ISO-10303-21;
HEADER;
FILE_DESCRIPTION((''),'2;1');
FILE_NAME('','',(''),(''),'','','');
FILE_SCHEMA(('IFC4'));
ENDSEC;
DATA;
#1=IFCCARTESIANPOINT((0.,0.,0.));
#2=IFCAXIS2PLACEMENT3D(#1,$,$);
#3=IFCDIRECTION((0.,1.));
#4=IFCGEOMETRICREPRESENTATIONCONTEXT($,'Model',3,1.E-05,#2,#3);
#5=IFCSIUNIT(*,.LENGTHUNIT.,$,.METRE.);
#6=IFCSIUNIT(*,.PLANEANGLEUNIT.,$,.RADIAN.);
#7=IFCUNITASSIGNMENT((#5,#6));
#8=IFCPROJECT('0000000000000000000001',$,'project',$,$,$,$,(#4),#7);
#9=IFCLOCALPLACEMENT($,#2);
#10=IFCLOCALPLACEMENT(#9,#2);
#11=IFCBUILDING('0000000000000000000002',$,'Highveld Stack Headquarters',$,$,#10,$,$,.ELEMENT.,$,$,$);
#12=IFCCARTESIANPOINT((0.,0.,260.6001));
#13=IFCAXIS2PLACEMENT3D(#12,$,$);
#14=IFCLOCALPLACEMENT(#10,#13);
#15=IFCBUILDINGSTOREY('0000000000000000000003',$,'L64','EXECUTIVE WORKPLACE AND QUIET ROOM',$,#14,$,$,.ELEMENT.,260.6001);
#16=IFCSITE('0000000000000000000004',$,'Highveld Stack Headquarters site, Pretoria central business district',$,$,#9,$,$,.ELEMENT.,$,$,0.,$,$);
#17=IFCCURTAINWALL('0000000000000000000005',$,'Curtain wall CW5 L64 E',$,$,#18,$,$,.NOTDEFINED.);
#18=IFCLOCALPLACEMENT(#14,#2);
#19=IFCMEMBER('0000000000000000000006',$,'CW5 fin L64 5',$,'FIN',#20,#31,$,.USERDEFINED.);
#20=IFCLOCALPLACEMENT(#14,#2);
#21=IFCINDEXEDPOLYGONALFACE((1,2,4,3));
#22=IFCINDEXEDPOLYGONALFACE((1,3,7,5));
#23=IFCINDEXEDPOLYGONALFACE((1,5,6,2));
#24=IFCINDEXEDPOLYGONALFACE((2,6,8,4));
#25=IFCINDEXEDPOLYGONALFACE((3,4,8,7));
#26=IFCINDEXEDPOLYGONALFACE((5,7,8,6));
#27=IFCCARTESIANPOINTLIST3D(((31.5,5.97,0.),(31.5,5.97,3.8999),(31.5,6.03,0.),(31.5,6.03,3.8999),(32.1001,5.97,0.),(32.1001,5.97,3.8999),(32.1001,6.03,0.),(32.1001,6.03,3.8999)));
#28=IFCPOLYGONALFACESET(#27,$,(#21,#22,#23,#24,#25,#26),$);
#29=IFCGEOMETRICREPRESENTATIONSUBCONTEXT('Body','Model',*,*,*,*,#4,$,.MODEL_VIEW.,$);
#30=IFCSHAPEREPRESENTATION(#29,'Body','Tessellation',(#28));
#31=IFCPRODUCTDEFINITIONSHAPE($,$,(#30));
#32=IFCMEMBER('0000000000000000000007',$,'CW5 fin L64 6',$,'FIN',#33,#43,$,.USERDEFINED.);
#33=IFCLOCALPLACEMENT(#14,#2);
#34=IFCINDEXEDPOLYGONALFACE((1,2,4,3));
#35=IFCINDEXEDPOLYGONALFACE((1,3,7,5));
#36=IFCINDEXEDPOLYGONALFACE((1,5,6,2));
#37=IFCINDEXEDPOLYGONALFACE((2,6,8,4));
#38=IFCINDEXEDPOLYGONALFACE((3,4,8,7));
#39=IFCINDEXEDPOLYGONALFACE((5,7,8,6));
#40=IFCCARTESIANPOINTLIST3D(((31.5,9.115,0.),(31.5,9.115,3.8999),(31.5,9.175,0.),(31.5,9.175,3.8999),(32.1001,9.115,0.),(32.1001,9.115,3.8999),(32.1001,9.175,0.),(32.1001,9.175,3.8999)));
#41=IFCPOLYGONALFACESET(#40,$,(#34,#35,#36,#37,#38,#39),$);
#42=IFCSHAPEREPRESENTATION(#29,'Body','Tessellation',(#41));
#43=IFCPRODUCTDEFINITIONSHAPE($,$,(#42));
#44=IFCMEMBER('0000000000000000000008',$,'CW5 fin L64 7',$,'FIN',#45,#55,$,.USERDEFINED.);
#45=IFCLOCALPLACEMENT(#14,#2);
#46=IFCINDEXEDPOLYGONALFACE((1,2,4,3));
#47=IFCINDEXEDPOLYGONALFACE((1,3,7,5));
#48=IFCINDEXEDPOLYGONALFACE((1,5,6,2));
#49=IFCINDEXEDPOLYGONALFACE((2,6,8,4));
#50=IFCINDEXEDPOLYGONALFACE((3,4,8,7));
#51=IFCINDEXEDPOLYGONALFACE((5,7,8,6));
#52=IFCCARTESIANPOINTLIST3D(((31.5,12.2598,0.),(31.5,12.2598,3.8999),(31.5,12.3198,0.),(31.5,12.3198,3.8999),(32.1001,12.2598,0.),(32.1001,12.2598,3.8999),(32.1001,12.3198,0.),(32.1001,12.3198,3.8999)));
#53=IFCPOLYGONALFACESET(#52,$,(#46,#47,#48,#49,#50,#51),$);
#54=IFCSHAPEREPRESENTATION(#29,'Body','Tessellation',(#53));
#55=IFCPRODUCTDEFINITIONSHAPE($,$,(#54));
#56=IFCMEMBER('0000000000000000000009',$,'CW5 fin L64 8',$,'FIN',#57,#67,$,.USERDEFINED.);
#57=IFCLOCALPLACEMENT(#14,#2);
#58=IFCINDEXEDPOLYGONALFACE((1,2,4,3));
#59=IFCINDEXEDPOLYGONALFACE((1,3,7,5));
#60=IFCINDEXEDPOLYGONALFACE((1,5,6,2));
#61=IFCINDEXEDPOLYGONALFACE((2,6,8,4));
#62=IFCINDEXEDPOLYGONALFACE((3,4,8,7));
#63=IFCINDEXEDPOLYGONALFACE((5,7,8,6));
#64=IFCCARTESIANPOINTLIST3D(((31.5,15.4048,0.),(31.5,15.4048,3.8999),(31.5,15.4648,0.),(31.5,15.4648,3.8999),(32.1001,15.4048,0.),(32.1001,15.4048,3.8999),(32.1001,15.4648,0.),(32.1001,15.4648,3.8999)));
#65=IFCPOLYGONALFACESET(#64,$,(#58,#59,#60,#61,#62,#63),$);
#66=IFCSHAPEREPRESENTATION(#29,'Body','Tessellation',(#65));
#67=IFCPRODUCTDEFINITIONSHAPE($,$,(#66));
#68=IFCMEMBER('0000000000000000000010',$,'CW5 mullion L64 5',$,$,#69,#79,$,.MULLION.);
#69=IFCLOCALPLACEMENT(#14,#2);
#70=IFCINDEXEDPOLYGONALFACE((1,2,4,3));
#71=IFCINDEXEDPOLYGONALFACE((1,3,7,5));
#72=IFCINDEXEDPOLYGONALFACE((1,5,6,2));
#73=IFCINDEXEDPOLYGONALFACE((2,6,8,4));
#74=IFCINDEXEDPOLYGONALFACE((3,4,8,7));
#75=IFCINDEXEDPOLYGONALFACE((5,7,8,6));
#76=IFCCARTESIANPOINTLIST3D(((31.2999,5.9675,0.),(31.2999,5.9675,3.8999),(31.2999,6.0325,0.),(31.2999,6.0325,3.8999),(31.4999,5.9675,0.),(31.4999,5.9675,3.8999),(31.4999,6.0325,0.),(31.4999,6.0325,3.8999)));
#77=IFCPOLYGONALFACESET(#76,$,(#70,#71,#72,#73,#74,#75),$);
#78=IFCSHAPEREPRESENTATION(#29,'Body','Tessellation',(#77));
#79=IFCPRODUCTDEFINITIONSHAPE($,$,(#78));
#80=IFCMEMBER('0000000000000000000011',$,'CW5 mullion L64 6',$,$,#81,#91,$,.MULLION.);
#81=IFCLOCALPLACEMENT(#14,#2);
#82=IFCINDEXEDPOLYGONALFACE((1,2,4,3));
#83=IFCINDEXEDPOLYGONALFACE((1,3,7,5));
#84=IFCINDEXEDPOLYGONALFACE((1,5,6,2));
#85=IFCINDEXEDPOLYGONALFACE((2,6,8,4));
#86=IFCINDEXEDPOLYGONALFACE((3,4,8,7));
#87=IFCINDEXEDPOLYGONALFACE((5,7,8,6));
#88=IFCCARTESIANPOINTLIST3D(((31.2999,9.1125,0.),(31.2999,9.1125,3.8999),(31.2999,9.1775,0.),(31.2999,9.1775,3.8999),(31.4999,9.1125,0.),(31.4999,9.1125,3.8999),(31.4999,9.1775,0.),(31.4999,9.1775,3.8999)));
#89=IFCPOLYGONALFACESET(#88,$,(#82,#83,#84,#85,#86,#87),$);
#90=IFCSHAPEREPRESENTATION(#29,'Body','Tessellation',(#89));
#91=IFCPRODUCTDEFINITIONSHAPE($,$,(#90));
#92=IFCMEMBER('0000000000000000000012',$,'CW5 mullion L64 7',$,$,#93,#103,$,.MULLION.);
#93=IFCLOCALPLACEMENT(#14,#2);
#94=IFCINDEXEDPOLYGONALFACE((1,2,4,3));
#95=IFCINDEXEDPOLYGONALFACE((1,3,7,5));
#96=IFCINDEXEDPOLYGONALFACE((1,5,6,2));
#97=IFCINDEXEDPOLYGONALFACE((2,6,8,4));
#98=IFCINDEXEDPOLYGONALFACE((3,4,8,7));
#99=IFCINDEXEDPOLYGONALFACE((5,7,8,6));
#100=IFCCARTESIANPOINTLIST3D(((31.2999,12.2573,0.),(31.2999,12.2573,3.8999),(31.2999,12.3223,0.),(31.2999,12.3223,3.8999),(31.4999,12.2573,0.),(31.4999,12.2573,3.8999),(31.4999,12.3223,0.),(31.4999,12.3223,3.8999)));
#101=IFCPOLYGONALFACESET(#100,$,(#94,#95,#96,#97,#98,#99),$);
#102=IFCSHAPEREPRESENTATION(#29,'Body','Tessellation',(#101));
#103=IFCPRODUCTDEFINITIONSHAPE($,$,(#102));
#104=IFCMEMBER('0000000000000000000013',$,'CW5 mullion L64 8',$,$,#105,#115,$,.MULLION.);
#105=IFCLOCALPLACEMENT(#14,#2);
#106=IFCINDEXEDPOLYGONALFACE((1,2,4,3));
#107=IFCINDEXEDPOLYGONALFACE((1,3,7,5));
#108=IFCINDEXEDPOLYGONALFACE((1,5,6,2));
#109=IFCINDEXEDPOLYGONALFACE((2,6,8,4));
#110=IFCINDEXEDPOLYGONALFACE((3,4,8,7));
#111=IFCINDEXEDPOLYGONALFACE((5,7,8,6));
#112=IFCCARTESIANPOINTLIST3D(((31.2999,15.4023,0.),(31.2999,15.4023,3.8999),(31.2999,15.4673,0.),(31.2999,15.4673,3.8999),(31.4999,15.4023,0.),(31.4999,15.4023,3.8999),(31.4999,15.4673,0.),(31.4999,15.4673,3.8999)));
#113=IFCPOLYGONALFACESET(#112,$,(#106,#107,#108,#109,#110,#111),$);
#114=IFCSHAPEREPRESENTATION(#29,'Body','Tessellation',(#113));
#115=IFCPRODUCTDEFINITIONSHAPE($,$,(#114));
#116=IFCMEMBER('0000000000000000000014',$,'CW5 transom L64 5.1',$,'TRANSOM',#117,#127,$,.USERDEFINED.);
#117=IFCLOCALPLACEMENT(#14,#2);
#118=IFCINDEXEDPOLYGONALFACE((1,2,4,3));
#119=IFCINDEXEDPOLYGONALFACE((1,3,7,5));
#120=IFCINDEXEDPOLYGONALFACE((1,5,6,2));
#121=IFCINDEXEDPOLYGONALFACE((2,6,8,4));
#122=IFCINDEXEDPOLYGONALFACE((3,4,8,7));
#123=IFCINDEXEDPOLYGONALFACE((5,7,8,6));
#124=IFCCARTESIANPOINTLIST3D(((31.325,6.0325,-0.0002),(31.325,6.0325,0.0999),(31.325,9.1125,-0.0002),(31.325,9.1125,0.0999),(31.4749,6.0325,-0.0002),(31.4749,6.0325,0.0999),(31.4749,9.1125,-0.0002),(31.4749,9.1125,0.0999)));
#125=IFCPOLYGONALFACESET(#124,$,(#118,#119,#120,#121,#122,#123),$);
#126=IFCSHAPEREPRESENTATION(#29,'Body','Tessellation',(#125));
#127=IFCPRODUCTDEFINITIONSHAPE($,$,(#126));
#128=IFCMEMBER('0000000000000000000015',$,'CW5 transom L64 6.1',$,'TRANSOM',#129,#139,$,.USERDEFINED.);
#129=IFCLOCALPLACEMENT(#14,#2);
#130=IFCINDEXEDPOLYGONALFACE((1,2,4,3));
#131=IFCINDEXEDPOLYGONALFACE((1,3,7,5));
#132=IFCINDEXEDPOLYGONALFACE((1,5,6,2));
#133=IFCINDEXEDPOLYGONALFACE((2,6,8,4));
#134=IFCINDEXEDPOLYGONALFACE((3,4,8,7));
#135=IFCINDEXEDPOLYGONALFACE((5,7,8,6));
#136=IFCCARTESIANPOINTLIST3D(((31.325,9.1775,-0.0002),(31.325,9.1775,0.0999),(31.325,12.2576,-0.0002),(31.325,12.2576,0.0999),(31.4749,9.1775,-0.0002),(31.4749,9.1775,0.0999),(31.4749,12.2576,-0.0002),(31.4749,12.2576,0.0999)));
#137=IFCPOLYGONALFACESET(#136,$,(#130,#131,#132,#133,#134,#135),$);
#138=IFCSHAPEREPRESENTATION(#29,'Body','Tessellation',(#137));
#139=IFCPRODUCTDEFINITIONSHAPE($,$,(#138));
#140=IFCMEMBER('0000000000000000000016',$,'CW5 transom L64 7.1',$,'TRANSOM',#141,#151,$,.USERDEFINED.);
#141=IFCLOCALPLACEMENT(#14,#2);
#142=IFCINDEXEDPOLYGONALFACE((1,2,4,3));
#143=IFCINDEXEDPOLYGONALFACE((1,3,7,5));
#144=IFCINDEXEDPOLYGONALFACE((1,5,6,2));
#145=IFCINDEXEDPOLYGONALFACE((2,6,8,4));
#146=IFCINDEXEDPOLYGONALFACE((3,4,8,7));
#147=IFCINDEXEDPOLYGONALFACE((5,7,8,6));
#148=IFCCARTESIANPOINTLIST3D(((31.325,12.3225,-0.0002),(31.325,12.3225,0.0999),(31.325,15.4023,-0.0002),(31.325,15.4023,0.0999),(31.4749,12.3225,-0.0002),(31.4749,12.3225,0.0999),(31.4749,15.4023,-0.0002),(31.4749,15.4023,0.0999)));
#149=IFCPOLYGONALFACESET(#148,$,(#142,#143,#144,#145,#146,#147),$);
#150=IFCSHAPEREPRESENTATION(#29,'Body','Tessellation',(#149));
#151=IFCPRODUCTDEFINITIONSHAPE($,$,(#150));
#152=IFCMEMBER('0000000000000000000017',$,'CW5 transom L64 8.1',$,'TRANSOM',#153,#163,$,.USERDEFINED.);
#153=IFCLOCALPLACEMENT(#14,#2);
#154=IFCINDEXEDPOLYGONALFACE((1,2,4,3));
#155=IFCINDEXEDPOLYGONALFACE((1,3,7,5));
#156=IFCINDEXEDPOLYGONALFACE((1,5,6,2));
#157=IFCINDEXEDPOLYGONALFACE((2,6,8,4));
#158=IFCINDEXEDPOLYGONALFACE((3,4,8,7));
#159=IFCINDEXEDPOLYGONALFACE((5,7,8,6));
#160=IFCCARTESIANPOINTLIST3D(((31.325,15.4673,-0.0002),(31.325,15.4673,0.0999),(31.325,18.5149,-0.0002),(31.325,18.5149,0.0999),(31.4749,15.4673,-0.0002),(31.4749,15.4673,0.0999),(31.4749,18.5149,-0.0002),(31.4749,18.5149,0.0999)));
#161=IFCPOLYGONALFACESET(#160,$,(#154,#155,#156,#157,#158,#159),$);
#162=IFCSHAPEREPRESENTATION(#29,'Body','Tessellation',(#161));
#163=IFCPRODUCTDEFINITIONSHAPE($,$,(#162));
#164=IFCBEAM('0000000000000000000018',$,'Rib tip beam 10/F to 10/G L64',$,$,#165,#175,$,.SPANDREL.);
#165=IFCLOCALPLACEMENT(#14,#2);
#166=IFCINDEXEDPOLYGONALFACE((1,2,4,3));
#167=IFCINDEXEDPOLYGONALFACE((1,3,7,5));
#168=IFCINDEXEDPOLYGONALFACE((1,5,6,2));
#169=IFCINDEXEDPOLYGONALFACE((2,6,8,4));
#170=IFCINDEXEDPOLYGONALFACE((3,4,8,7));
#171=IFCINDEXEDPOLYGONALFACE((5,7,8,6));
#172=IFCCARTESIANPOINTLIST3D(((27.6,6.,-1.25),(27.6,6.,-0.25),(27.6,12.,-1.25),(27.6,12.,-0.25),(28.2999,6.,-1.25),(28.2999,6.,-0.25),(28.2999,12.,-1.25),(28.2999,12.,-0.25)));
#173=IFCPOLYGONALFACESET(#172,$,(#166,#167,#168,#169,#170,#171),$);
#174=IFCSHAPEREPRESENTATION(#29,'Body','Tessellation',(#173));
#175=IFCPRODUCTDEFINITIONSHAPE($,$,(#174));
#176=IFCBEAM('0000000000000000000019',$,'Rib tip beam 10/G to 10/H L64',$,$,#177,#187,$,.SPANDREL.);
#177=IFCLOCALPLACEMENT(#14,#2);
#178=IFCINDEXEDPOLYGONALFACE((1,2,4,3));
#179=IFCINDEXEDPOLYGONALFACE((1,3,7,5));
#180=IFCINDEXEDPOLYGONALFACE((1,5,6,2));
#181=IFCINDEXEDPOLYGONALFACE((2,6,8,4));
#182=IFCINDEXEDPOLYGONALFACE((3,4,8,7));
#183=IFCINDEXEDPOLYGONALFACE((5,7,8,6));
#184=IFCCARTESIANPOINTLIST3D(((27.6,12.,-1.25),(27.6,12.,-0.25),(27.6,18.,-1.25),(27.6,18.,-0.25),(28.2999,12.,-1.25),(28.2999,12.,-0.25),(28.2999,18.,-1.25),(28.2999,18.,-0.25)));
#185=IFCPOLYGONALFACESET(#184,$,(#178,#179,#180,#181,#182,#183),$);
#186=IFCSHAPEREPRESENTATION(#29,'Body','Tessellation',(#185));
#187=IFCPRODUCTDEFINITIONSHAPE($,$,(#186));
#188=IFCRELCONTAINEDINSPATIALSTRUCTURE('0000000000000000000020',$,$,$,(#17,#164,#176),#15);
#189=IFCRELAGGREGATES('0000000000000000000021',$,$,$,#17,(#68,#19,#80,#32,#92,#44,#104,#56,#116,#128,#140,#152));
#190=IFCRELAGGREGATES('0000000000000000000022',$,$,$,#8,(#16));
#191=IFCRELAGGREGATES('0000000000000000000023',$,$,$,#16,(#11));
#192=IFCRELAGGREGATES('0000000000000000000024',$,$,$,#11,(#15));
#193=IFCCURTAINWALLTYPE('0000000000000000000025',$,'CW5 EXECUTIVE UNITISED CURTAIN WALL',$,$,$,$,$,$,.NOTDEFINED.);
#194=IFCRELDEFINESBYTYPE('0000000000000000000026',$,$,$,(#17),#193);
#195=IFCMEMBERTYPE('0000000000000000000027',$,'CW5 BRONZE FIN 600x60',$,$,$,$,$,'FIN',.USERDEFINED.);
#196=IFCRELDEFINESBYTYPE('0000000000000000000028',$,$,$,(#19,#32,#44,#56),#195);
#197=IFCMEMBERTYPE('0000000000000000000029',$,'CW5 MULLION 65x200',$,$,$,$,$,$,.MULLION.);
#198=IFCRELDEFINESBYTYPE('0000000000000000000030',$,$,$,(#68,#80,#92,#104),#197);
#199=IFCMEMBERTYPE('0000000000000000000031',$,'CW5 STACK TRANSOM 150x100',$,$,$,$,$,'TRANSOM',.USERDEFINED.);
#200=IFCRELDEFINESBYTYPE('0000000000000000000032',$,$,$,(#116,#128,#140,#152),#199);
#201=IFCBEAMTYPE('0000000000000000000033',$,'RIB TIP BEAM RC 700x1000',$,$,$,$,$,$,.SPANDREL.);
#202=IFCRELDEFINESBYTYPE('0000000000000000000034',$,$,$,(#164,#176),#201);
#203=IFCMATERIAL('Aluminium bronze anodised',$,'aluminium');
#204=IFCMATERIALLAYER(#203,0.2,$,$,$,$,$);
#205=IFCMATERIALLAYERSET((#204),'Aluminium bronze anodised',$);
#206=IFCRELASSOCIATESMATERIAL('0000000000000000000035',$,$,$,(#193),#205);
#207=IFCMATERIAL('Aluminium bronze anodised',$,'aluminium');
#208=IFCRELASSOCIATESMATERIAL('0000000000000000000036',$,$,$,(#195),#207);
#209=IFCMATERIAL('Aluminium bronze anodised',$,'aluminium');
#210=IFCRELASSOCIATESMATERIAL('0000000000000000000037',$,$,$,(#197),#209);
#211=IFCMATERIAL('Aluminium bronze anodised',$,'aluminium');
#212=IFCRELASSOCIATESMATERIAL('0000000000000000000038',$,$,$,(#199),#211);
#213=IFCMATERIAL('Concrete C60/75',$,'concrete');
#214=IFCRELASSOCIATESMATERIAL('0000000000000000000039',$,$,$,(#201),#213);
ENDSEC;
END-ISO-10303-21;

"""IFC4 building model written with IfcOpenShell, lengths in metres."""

from ifc_helpers import new_model, si_unit, direction, frame, origin, origin_2d, place, context, subcontext, project, spatial, rectangle, extrude, material, layer, layer_set, material_profile, profile_set, type_object, element, aggregate, save


model = new_model("IFC4")

# Units and contexts
model_context = context("Model", 3, precision=1e-05, world=origin(), true_north=direction((0.0, 1.0)))
body_context = subcontext(model_context, "Body", "Model", "MODEL_VIEW")
ifc_project = project(units=[si_unit("LENGTHUNIT", "METRE"), si_unit("PLANEANGLEUNIT", "RADIAN")], contexts=[model_context])

# Site, building, storey
site_placement = place(None, origin())
site = spatial("IfcSite", under=ifc_project, at=site_placement, Name="Highveld Stack Headquarters site, Pretoria central business district", CompositionType="ELEMENT", RefElevation=0.0)
building_placement = place(site_placement, origin())
building = spatial("IfcBuilding", under=site, at=building_placement, Name="Highveld Stack Headquarters", CompositionType="ELEMENT")
storey_placement = place(building_placement, frame((0.0, 0.0, 260.6001)))
storey = spatial("IfcBuildingStorey", under=building, at=storey_placement, Name="L64", Description="EXECUTIVE WORKPLACE AND QUIET ROOM", CompositionType="ELEMENT", Elevation=260.6001)

# Curtain wall, members
ifc_material_1 = material(Name="Aluminium bronze anodised", Category="aluminium")
ifc_layer_1 = layer(ifc_material_1, 0.2)
ifc_layer_set_1 = layer_set([ifc_layer_1], Name="Aluminium bronze anodised")
curtain_wall_type = type_object("IfcCurtainWallType", Name="CW5 EXECUTIVE UNITISED CURTAIN WALL", PredefinedType="NOTDEFINED", material=ifc_layer_set_1)
curtain_wall_placement = place(storey_placement, origin())
curtain_wall = element("IfcCurtainWall", 1, at=curtain_wall_placement, inside=storey, type_object=curtain_wall_type, Name="Curtain wall CW5 L64 E", PredefinedType="NOTDEFINED")
ifc_material_2 = material(Name="Aluminium bronze anodised", Category="aluminium")
ifc_material_profile_1 = material_profile(ifc_material_2, rectangle(XDim=0.6001, YDim=0.0601, at=origin_2d()), Name="FIN 600x60")
ifc_profile_set_1 = profile_set([ifc_material_profile_1], Name="Aluminium bronze anodised")
member_type_1 = type_object("IfcMemberType", Name="CW5 BRONZE FIN 600x60", ElementType="FIN", PredefinedType="USERDEFINED", material=ifc_profile_set_1)
member_1_placement = place(storey_placement, frame((31.8, 6.0, 0.0), z_axis=(0.0, 0.0, 1.0), x_axis=(-1.0, 0.0, 0.0)))
member_1 = element("IfcMember", 2, at=member_1_placement, type_object=member_type_1, Name="CW5 fin L64 5", ObjectType="FIN", PredefinedType="USERDEFINED", context=body_context, shape_type="SweptSolid", body=[
    extrude(rectangle(XDim=0.6001, YDim=0.0601, at=origin_2d()), origin(), (0.0, 0.0, 1.0), 3.8999),
])
member_2_placement = place(storey_placement, frame((31.8, 9.145, 0.0), z_axis=(0.0, 0.0, 1.0), x_axis=(-1.0, 0.0, 0.0)))
member_2 = element("IfcMember", 3, at=member_2_placement, type_object=member_type_1, Name="CW5 fin L64 6", ObjectType="FIN", PredefinedType="USERDEFINED", context=body_context, shape_type="SweptSolid", body=[
    extrude(rectangle(XDim=0.6001, YDim=0.0601, at=origin_2d()), origin(), (0.0, 0.0, 1.0), 3.8999),
])
member_3_placement = place(storey_placement, frame((31.8, 12.2898, 0.0), z_axis=(0.0, 0.0, 1.0), x_axis=(-1.0, 0.0, 0.0)))
member_3 = element("IfcMember", 4, at=member_3_placement, type_object=member_type_1, Name="CW5 fin L64 7", ObjectType="FIN", PredefinedType="USERDEFINED", context=body_context, shape_type="SweptSolid", body=[
    extrude(rectangle(XDim=0.6001, YDim=0.0601, at=origin_2d()), origin(), (0.0, 0.0, 1.0), 3.8999),
])
member_4_placement = place(storey_placement, frame((31.8, 15.4348, 0.0), z_axis=(0.0, 0.0, 1.0), x_axis=(-1.0, 0.0, 0.0)))
member_4 = element("IfcMember", 5, at=member_4_placement, type_object=member_type_1, Name="CW5 fin L64 8", ObjectType="FIN", PredefinedType="USERDEFINED", context=body_context, shape_type="SweptSolid", body=[
    extrude(rectangle(XDim=0.6001, YDim=0.0601, at=origin_2d()), origin(), (0.0, 0.0, 1.0), 3.8999),
])
ifc_material_3 = material(Name="Aluminium bronze anodised", Category="aluminium")
ifc_material_profile_2 = material_profile(ifc_material_3, rectangle(XDim=0.2, YDim=0.0649, at=origin_2d()), Name="CW5 MULLION 65x200")
ifc_profile_set_2 = profile_set([ifc_material_profile_2], Name="Aluminium bronze anodised")
member_type_2 = type_object("IfcMemberType", Name="CW5 MULLION 65x200", PredefinedType="MULLION", material=ifc_profile_set_2)
member_5_placement = place(storey_placement, frame((31.3999, 6.0, 0.0), z_axis=(0.0, 0.0, 1.0), x_axis=(-1.0, 0.0, 0.0)))
member_5 = element("IfcMember", 6, at=member_5_placement, type_object=member_type_2, Name="CW5 mullion L64 5", PredefinedType="MULLION", context=body_context, shape_type="SweptSolid", body=[
    extrude(rectangle(XDim=0.2, YDim=0.0649, at=origin_2d()), origin(), (0.0, 0.0, 1.0), 3.8999),
])
member_6_placement = place(storey_placement, frame((31.3999, 9.145, 0.0), z_axis=(0.0, 0.0, 1.0), x_axis=(-1.0, 0.0, 0.0)))
member_6 = element("IfcMember", 7, at=member_6_placement, type_object=member_type_2, Name="CW5 mullion L64 6", PredefinedType="MULLION", context=body_context, shape_type="SweptSolid", body=[
    extrude(rectangle(XDim=0.2, YDim=0.0649, at=origin_2d()), origin(), (0.0, 0.0, 1.0), 3.8999),
])
member_7_placement = place(storey_placement, frame((31.3999, 12.2898, 0.0), z_axis=(0.0, 0.0, 1.0), x_axis=(-1.0, 0.0, 0.0)))
member_7 = element("IfcMember", 8, at=member_7_placement, type_object=member_type_2, Name="CW5 mullion L64 7", PredefinedType="MULLION", context=body_context, shape_type="SweptSolid", body=[
    extrude(rectangle(XDim=0.2, YDim=0.0649, at=origin_2d()), origin(), (0.0, 0.0, 1.0), 3.8999),
])
member_8_placement = place(storey_placement, frame((31.3999, 15.4348, 0.0), z_axis=(0.0, 0.0, 1.0), x_axis=(-1.0, 0.0, 0.0)))
member_8 = element("IfcMember", 9, at=member_8_placement, type_object=member_type_2, Name="CW5 mullion L64 8", PredefinedType="MULLION", context=body_context, shape_type="SweptSolid", body=[
    extrude(rectangle(XDim=0.2, YDim=0.0649, at=origin_2d()), origin(), (0.0, 0.0, 1.0), 3.8999),
])
ifc_material_4 = material(Name="Aluminium bronze anodised", Category="aluminium")
ifc_material_profile_3 = material_profile(ifc_material_4, rectangle(XDim=0.1499, YDim=0.1001, at=origin_2d()), Name="CW5 TRANSOM 150x100")
ifc_profile_set_3 = profile_set([ifc_material_profile_3], Name="Aluminium bronze anodised")
member_type_3 = type_object("IfcMemberType", Name="CW5 STACK TRANSOM 150x100", ElementType="TRANSOM", PredefinedType="USERDEFINED", material=ifc_profile_set_3)
member_9_placement = place(storey_placement, frame((31.3999, 6.0325, 0.0498), z_axis=(0.0, 1.0, 0.0), x_axis=(-1.0, 0.0, 0.0)))
member_9 = element("IfcMember", 10, at=member_9_placement, type_object=member_type_3, Name="CW5 transom L64 5.1", ObjectType="TRANSOM", PredefinedType="USERDEFINED", context=body_context, shape_type="SweptSolid", body=[
    extrude(rectangle(XDim=0.1499, YDim=0.1001, at=origin_2d()), origin(), (0.0, 0.0, 1.0), 3.0801),
])
member_10_placement = place(storey_placement, frame((31.3999, 9.1775, 0.0498), z_axis=(0.0, 1.0, 0.0), x_axis=(-1.0, 0.0, 0.0)))
member_10 = element("IfcMember", 11, at=member_10_placement, type_object=member_type_3, Name="CW5 transom L64 6.1", ObjectType="TRANSOM", PredefinedType="USERDEFINED", context=body_context, shape_type="SweptSolid", body=[
    extrude(rectangle(XDim=0.1499, YDim=0.1001, at=origin_2d()), origin(), (0.0, 0.0, 1.0), 3.0801),
])
member_11_placement = place(storey_placement, frame((31.3999, 12.3225, 0.0498), z_axis=(0.0, 1.0, 0.0), x_axis=(-1.0, 0.0, 0.0)))
member_11 = element("IfcMember", 12, at=member_11_placement, type_object=member_type_3, Name="CW5 transom L64 7.1", ObjectType="TRANSOM", PredefinedType="USERDEFINED", context=body_context, shape_type="SweptSolid", body=[
    extrude(rectangle(XDim=0.1499, YDim=0.1001, at=origin_2d()), origin(), (0.0, 0.0, 1.0), 3.0798),
])
member_12_placement = place(storey_placement, frame((31.3999, 15.4673, 0.0498), z_axis=(0.0, 1.0, 0.0), x_axis=(-1.0, 0.0, 0.0)))
member_12 = element("IfcMember", 13, at=member_12_placement, type_object=member_type_3, Name="CW5 transom L64 8.1", ObjectType="TRANSOM", PredefinedType="USERDEFINED", context=body_context, shape_type="SweptSolid", body=[
    extrude(rectangle(XDim=0.1499, YDim=0.1001, at=origin_2d()), origin(), (0.0, 0.0, 1.0), 3.0476),
])

# Beams
ifc_material_5 = material(Name="Concrete C60/75", Category="concrete")
ifc_material_profile_4 = material_profile(ifc_material_5, rectangle(XDim=0.7, YDim=1.0, at=origin_2d()), Name="RC 700x1000")
ifc_profile_set_4 = profile_set([ifc_material_profile_4], Name="Concrete C60/75")
beam_type = type_object("IfcBeamType", Name="RIB TIP BEAM RC 700x1000", PredefinedType="SPANDREL", material=ifc_profile_set_4)
for number, where, z_axis, x_axis, name in (
    (14, (27.95, 6.0, -0.75), (0.0, 1.0, 0.0), (-1.0, 0.0, 0.0), "Rib tip beam 10/F to 10/G L64"),
    (15, (27.95, 12.0, -0.75), (0.0, 1.0, 0.0), (-1.0, 0.0, 0.0), "Rib tip beam 10/G to 10/H L64"),
):
    element("IfcBeam", number, at=place(storey_placement, frame(where, z_axis=z_axis, x_axis=x_axis)), inside=storey, type_object=beam_type, Name=name, PredefinedType="SPANDREL", context=body_context, shape_type="SweptSolid", body=[
        extrude(rectangle(XDim=0.7, YDim=1.0, at=origin_2d()), origin(), (0.0, 0.0, 1.0), 6.0),
    ])

aggregate(curtain_wall, [member_5, member_1, member_6, member_2, member_7, member_3, member_8, member_4, member_9, member_10, member_11, member_12])

save(model, "model.ifc")
